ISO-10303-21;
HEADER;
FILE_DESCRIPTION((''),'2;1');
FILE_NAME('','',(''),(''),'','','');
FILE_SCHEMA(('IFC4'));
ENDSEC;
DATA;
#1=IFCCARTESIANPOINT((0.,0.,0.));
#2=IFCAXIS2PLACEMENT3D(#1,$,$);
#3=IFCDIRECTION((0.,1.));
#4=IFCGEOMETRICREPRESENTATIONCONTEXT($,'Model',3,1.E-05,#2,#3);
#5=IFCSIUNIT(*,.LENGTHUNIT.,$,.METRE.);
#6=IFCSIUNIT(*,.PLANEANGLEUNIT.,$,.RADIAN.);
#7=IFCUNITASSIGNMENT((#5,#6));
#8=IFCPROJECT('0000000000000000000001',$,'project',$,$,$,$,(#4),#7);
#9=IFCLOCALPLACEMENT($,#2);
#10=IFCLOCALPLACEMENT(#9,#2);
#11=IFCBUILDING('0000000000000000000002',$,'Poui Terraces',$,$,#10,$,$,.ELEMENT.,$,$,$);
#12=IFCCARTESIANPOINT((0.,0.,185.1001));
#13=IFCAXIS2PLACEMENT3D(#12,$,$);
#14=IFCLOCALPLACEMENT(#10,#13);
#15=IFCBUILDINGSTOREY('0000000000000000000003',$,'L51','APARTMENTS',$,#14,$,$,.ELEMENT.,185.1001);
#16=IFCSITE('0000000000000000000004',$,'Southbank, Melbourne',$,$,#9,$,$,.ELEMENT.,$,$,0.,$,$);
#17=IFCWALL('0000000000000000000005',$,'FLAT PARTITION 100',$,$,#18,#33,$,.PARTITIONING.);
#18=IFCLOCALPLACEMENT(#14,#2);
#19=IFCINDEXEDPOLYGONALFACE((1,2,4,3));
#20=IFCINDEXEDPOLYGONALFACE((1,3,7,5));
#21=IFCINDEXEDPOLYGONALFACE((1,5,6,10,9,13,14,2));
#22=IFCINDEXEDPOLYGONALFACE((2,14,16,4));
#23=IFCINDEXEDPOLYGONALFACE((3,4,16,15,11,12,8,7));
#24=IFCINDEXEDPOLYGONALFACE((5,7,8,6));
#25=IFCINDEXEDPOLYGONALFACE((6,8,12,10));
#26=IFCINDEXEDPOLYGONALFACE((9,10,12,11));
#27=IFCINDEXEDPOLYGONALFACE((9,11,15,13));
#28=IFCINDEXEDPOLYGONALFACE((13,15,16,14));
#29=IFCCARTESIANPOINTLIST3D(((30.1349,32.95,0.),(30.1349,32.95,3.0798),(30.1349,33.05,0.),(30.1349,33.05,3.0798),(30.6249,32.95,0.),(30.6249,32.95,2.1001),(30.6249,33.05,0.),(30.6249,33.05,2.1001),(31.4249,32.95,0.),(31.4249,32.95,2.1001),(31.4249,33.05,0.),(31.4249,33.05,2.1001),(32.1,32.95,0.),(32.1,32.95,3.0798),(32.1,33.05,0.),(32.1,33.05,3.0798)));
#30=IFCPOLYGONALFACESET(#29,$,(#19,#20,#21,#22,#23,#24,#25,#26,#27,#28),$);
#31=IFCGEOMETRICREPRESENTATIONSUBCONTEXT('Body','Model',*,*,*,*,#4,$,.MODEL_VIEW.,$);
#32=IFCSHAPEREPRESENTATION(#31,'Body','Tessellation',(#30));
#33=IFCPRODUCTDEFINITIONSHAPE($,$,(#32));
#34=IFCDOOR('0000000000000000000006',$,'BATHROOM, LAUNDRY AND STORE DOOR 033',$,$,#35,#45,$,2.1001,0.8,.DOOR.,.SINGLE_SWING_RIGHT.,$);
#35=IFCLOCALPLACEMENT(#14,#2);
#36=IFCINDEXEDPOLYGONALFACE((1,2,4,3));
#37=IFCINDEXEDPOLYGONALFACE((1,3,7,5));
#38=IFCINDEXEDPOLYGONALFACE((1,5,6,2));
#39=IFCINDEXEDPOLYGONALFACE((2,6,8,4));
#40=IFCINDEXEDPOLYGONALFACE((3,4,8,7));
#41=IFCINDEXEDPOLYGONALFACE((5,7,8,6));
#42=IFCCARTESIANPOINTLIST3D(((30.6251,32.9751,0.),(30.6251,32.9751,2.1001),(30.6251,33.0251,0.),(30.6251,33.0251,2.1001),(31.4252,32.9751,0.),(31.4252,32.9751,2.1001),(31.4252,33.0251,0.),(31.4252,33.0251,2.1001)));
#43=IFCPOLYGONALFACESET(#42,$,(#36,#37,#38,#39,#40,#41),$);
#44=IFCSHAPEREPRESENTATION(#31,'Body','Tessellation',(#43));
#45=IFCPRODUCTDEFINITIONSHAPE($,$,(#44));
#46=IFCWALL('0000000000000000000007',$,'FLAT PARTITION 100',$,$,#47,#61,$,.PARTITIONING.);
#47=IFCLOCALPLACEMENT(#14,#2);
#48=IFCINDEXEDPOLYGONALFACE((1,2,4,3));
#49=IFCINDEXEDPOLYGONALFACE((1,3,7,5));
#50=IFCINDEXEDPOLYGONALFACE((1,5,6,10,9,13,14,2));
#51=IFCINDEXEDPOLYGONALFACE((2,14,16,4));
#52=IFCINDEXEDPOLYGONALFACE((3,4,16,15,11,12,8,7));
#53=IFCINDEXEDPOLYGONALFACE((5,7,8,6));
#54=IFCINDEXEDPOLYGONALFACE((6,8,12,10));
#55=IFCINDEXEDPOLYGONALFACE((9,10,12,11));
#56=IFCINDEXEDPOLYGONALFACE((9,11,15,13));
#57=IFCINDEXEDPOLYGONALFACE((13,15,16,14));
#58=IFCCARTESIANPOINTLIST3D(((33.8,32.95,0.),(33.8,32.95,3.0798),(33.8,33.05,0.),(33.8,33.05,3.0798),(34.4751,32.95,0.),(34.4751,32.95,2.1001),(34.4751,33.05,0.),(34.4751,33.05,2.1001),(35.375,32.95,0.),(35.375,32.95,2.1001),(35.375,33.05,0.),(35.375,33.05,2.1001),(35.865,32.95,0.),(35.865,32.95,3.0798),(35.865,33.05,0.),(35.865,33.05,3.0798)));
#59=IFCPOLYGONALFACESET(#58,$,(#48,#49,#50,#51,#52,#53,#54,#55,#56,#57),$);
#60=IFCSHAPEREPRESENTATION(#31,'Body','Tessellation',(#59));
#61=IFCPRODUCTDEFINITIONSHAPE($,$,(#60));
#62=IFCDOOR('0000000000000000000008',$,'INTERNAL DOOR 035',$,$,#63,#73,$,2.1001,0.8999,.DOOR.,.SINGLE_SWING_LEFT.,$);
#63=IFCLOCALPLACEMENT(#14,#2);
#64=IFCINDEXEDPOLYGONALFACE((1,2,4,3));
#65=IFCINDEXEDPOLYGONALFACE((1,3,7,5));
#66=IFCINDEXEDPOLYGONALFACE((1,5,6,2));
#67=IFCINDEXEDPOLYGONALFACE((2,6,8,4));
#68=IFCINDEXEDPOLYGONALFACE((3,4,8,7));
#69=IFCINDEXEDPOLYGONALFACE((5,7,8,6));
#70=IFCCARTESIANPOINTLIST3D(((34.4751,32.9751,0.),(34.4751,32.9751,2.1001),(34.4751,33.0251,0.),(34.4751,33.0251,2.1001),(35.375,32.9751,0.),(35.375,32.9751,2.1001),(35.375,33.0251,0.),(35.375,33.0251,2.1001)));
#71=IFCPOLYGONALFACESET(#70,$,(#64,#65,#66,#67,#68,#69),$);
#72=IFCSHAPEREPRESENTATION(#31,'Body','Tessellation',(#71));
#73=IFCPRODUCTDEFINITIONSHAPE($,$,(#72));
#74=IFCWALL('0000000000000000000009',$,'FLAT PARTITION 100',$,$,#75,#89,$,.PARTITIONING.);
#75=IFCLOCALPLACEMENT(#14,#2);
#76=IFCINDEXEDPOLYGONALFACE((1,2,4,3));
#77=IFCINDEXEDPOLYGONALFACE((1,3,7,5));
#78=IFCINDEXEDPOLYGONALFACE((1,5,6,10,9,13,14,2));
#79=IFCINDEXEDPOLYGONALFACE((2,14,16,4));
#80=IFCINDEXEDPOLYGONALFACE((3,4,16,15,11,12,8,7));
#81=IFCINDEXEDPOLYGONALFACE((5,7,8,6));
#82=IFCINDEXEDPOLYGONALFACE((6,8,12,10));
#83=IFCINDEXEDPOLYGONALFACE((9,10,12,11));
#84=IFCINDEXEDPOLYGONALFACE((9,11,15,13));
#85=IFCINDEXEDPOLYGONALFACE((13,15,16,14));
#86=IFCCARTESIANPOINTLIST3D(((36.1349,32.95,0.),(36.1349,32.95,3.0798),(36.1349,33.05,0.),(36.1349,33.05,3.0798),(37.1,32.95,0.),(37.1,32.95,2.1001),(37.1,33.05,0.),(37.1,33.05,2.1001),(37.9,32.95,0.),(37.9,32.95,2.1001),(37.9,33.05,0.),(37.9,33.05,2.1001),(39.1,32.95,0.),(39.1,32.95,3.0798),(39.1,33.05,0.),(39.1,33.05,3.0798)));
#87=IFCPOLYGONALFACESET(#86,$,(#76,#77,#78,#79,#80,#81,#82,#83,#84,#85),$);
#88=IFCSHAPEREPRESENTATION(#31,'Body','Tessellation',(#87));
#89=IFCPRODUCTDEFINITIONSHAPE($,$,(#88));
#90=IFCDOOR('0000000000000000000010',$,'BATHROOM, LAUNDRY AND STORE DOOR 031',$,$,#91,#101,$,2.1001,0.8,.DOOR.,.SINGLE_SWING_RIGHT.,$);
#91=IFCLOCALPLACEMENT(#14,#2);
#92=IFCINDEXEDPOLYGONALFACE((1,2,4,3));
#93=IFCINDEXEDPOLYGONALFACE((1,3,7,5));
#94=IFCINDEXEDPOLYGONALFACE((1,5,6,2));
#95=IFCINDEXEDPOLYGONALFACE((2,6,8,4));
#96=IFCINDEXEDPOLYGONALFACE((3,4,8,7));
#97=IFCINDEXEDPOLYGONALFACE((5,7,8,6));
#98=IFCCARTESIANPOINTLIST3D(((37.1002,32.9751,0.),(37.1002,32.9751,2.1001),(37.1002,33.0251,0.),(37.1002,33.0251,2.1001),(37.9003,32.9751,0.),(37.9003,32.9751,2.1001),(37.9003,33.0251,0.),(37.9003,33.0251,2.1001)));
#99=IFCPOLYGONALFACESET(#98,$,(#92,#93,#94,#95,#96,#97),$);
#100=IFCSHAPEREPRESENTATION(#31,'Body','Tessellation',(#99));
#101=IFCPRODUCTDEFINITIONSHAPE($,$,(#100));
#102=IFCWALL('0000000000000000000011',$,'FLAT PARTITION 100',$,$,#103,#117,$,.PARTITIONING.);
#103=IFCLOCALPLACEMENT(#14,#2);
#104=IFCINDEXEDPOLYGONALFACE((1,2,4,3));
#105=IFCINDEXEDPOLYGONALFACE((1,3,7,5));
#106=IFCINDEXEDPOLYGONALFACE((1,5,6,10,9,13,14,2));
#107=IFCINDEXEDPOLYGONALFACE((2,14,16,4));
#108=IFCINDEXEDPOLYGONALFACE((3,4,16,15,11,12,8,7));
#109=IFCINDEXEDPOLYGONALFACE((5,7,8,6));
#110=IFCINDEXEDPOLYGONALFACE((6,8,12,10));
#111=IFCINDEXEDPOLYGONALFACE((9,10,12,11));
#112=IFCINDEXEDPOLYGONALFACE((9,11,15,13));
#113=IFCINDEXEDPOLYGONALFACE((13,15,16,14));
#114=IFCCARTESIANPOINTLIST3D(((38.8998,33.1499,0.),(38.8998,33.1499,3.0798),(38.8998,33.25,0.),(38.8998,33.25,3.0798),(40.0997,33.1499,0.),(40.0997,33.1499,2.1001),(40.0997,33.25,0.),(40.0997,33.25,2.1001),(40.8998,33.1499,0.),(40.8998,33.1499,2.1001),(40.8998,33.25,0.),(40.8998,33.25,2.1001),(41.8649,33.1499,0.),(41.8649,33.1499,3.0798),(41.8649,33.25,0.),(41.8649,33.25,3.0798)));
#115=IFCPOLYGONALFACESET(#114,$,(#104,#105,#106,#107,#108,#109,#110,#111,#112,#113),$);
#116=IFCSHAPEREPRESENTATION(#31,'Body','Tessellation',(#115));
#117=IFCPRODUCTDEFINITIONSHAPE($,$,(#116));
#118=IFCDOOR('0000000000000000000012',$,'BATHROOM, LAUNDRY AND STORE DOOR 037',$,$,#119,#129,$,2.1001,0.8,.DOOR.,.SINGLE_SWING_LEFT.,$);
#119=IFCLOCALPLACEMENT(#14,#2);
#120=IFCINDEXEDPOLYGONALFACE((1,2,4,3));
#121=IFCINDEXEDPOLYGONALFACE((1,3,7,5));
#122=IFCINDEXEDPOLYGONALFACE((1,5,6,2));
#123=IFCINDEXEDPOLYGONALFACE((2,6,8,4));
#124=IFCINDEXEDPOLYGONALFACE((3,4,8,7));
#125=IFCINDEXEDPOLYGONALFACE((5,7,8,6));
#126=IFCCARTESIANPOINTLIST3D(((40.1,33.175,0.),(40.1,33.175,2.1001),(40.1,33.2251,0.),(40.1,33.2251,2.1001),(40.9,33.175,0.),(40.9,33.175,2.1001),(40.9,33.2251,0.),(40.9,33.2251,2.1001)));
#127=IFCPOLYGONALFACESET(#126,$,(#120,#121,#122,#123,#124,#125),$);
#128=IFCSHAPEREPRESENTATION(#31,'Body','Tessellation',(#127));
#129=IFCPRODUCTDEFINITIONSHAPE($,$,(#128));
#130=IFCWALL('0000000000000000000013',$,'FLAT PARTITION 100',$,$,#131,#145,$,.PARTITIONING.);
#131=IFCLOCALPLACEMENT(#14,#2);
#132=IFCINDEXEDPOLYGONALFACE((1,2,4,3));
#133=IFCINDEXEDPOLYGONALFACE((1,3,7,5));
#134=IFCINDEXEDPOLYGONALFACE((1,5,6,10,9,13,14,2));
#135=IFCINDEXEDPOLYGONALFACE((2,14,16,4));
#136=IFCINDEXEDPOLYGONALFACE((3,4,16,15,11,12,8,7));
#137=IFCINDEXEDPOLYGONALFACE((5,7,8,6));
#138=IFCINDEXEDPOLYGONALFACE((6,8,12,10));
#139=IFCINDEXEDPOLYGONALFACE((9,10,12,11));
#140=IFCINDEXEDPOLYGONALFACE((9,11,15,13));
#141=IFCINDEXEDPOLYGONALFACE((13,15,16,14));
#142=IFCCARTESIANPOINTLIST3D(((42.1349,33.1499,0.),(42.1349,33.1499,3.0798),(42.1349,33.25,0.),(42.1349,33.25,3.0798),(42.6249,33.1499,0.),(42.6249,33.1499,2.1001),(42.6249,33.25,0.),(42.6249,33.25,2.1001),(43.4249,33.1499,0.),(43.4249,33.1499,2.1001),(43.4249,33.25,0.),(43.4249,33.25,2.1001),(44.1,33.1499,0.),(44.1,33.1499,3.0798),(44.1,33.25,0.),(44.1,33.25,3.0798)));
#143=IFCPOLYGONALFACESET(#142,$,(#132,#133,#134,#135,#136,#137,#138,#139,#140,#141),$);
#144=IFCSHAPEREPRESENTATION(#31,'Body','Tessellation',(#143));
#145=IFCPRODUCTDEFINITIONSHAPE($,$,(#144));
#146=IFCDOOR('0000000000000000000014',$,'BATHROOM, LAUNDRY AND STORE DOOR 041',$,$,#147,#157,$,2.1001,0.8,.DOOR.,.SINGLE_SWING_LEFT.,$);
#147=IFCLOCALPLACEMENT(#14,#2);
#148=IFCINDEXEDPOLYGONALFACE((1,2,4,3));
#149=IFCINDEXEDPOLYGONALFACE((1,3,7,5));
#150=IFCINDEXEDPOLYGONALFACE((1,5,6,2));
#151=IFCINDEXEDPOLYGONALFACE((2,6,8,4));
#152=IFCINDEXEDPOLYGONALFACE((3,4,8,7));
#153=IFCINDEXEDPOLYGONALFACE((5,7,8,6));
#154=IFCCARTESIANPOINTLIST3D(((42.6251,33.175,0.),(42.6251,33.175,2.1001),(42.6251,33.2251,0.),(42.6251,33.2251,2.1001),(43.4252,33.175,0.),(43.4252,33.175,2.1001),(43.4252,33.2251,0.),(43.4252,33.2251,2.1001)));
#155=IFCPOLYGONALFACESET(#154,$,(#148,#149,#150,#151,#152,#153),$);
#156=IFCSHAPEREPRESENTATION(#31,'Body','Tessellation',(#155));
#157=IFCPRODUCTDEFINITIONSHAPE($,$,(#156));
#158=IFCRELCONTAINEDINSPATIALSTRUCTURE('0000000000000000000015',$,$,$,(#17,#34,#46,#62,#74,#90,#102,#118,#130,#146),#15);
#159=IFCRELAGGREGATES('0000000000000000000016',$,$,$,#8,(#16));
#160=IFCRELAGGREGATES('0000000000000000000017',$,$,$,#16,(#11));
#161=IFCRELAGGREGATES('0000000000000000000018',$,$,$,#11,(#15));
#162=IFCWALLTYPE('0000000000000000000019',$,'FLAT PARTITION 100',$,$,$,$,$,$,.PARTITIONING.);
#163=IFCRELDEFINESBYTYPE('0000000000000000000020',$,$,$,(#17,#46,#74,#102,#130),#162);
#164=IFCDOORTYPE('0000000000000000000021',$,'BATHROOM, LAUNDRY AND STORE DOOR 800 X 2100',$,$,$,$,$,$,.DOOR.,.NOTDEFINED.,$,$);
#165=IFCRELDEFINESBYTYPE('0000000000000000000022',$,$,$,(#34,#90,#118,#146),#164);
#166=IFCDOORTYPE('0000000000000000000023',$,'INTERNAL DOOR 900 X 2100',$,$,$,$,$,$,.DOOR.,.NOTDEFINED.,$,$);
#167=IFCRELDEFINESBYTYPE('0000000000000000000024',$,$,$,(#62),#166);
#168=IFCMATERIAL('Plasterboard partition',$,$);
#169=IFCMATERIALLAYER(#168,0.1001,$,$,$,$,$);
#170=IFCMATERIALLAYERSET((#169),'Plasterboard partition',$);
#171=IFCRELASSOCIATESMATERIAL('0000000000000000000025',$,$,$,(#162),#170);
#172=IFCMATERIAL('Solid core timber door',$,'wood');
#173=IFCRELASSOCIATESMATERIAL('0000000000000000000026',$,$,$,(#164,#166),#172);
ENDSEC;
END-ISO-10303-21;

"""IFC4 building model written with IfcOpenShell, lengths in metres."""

from ifc_helpers import new_model, si_unit, direction, frame, frame_2d, origin, place, context, subcontext, project, spatial, rectangle, extrude, material, layer, layer_set, type_object, element, fill, save


model = new_model("IFC4")

# Units and contexts
model_context = context("Model", 3, precision=1e-05, world=origin(), true_north=direction((0.0, 1.0)))
body_context = subcontext(model_context, "Body", "Model", "MODEL_VIEW")
ifc_project = project(units=[si_unit("LENGTHUNIT", "METRE"), si_unit("PLANEANGLEUNIT", "RADIAN")], contexts=[model_context])

# Site, building, storey
site_placement = place(None, origin())
site = spatial("IfcSite", under=ifc_project, at=site_placement, Name="Southbank, Melbourne", CompositionType="ELEMENT", RefElevation=0.0)
building_placement = place(site_placement, origin())
building = spatial("IfcBuilding", under=site, at=building_placement, Name="Poui Terraces", CompositionType="ELEMENT")
storey_placement = place(building_placement, frame((0.0, 0.0, 185.1001)))
storey = spatial("IfcBuildingStorey", under=building, at=storey_placement, Name="L51", Description="APARTMENTS", CompositionType="ELEMENT", Elevation=185.1001)

# Walls, openings, doors
ifc_material_1 = material(Name="Plasterboard partition")
ifc_layer_1 = layer(ifc_material_1, 0.1001)
ifc_layer_set_1 = layer_set([ifc_layer_1], Name="Plasterboard partition")
wall_type_1 = type_object("IfcWallType", Name="FLAT PARTITION 100", PredefinedType="PARTITIONING", material=ifc_layer_set_1)
wall_1_placement = place(storey_placement, frame((30.135, 33.0, 0.0), z_axis=(0.0, 0.0, 1.0), x_axis=(1.0, 0.0, 0.0)))
wall_1 = element("IfcWall", 1, at=wall_1_placement, inside=storey, type_object=wall_type_1, Name="FLAT PARTITION 100", PredefinedType="PARTITIONING", context=body_context, shape_type="SweptSolid", body=[
    extrude(rectangle(XDim=1.9651, YDim=0.1001, at=frame_2d((0.9824, 0.0))), origin(), (0.0, 0.0, 1.0), 3.0798),
])
opening_1_placement = place(wall_1_placement, frame((0.49, 0.0, 0.0)))
opening_1 = element("IfcOpeningElement", 2, at=opening_1_placement, cuts=wall_1, PredefinedType="OPENING", context=body_context, shape_type="SweptSolid", body=[
    extrude(rectangle(XDim=0.8, YDim=2.1001, at=frame_2d((0.3999, 1.05))), frame((0.0, 0.0601, 0.0), z_axis=(0.0, -1.0, 0.0), x_axis=(1.0, 0.0, 0.0)), (0.0, 0.0, 1.0), 0.1201),
])
ifc_material_2 = material(Name="Solid core timber door", Category="wood")
door_type_1 = type_object("IfcDoorType", Name="BATHROOM, LAUNDRY AND STORE DOOR 800 X 2100", OperationType="NOTDEFINED", PredefinedType="DOOR", material=ifc_material_2)
door_1_placement = place(opening_1_placement, frame((0.8, 0.0, 0.0), z_axis=(0.0, 0.0, 1.0), x_axis=(-1.0, 0.0, 0.0)))
door_1 = element("IfcDoor", 3, at=door_1_placement, inside=storey, type_object=door_type_1, Name="BATHROOM, LAUNDRY AND STORE DOOR 033", OperationType="SINGLE_SWING_RIGHT", OverallHeight=2.1001, OverallWidth=0.8, PredefinedType="DOOR", context=body_context, shape_type="SweptSolid", body=[
    extrude(rectangle(XDim=0.8, YDim=2.1001, at=frame_2d((0.3999, 1.05))), frame((0.0, 0.0249, 0.0), z_axis=(0.0, -1.0, 0.0), x_axis=(1.0, 0.0, 0.0)), (0.0, 0.0, 1.0), 0.05),
])
fill(opening_1, door_1)
wall_2_placement = place(storey_placement, frame((33.8, 33.0, 0.0), z_axis=(0.0, 0.0, 1.0), x_axis=(1.0, 0.0, 0.0)))
wall_2 = element("IfcWall", 4, at=wall_2_placement, inside=storey, type_object=wall_type_1, Name="FLAT PARTITION 100", PredefinedType="PARTITIONING", context=body_context, shape_type="SweptSolid", body=[
    extrude(rectangle(XDim=2.0649, YDim=0.1001, at=frame_2d((1.0325, 0.0))), origin(), (0.0, 0.0, 1.0), 3.0798),
])
opening_2_placement = place(wall_2_placement, frame((0.675, 0.0, 0.0)))
opening_2 = element("IfcOpeningElement", 5, at=opening_2_placement, cuts=wall_2, PredefinedType="OPENING", context=body_context, shape_type="SweptSolid", body=[
    extrude(rectangle(XDim=0.8999, YDim=2.1001, at=frame_2d((0.45, 1.05))), frame((0.0, 0.0601, 0.0), z_axis=(0.0, -1.0, 0.0), x_axis=(1.0, 0.0, 0.0)), (0.0, 0.0, 1.0), 0.1201),
])
door_type_2 = type_object("IfcDoorType", Name="INTERNAL DOOR 900 X 2100", OperationType="NOTDEFINED", PredefinedType="DOOR", material=ifc_material_2)
door_2_placement = place(opening_2_placement, frame((0.8999, 0.0, 0.0), z_axis=(0.0, 0.0, 1.0), x_axis=(-1.0, 0.0, 0.0)))
door_2 = element("IfcDoor", 6, at=door_2_placement, inside=storey, type_object=door_type_2, Name="INTERNAL DOOR 035", OperationType="SINGLE_SWING_LEFT", OverallHeight=2.1001, OverallWidth=0.8999, PredefinedType="DOOR", context=body_context, shape_type="SweptSolid", body=[
    extrude(rectangle(XDim=0.8999, YDim=2.1001, at=frame_2d((0.45, 1.05))), frame((0.0, 0.0249, 0.0), z_axis=(0.0, -1.0, 0.0), x_axis=(1.0, 0.0, 0.0)), (0.0, 0.0, 1.0), 0.05),
])
fill(opening_2, door_2)
wall_3_placement = place(storey_placement, frame((36.135, 33.0, 0.0), z_axis=(0.0, 0.0, 1.0), x_axis=(1.0, 0.0, 0.0)))
wall_3 = element("IfcWall", 7, at=wall_3_placement, inside=storey, type_object=wall_type_1, Name="FLAT PARTITION 100", PredefinedType="PARTITIONING", context=body_context, shape_type="SweptSolid", body=[
    extrude(rectangle(XDim=2.9651, YDim=0.1001, at=frame_2d((1.4824, 0.0))), origin(), (0.0, 0.0, 1.0), 3.0798),
])
opening_3_placement = place(wall_3_placement, frame((0.9651, 0.0, 0.0)))
opening_3 = element("IfcOpeningElement", 8, at=opening_3_placement, cuts=wall_3, PredefinedType="OPENING", context=body_context, shape_type="SweptSolid", body=[
    extrude(rectangle(XDim=0.8, YDim=2.1001, at=frame_2d((0.3999, 1.05))), frame((0.0, 0.0601, 0.0), z_axis=(0.0, -1.0, 0.0), x_axis=(1.0, 0.0, 0.0)), (0.0, 0.0, 1.0), 0.1201),
])
door_3_placement = place(opening_3_placement, frame((0.8, 0.0, 0.0), z_axis=(0.0, 0.0, 1.0), x_axis=(-1.0, 0.0, 0.0)))
door_3 = element("IfcDoor", 9, at=door_3_placement, inside=storey, type_object=door_type_1, Name="BATHROOM, LAUNDRY AND STORE DOOR 031", OperationType="SINGLE_SWING_RIGHT", OverallHeight=2.1001, OverallWidth=0.8, PredefinedType="DOOR", context=body_context, shape_type="SweptSolid", body=[
    extrude(rectangle(XDim=0.8, YDim=2.1001, at=frame_2d((0.3999, 1.05))), frame((0.0, 0.0249, 0.0), z_axis=(0.0, -1.0, 0.0), x_axis=(1.0, 0.0, 0.0)), (0.0, 0.0, 1.0), 0.05),
])
fill(opening_3, door_3)
wall_4_placement = place(storey_placement, frame((38.8999, 33.2, 0.0), z_axis=(0.0, 0.0, 1.0), x_axis=(1.0, 0.0, 0.0)))
wall_4 = element("IfcWall", 10, at=wall_4_placement, inside=storey, type_object=wall_type_1, Name="FLAT PARTITION 100", PredefinedType="PARTITIONING", context=body_context, shape_type="SweptSolid", body=[
    extrude(rectangle(XDim=2.9651, YDim=0.1001, at=frame_2d((1.4824, 0.0))), origin(), (0.0, 0.0, 1.0), 3.0798),
])
opening_4_placement = place(wall_4_placement, frame((1.2, 0.0, 0.0)))
opening_4 = element("IfcOpeningElement", 11, at=opening_4_placement, cuts=wall_4, PredefinedType="OPENING", context=body_context, shape_type="SweptSolid", body=[
    extrude(rectangle(XDim=0.8, YDim=2.1001, at=frame_2d((0.3999, 1.05))), frame((0.0, 0.0601, 0.0), z_axis=(0.0, -1.0, 0.0), x_axis=(1.0, 0.0, 0.0)), (0.0, 0.0, 1.0), 0.1201),
])
door_4_placement = place(opening_4_placement, frame((0.8, 0.0, 0.0), z_axis=(0.0, 0.0, 1.0), x_axis=(-1.0, 0.0, 0.0)))
door_4 = element("IfcDoor", 12, at=door_4_placement, inside=storey, type_object=door_type_1, Name="BATHROOM, LAUNDRY AND STORE DOOR 037", OperationType="SINGLE_SWING_LEFT", OverallHeight=2.1001, OverallWidth=0.8, PredefinedType="DOOR", context=body_context, shape_type="SweptSolid", body=[
    extrude(rectangle(XDim=0.8, YDim=2.1001, at=frame_2d((0.3999, 1.05))), frame((0.0, 0.0249, 0.0), z_axis=(0.0, -1.0, 0.0), x_axis=(1.0, 0.0, 0.0)), (0.0, 0.0, 1.0), 0.05),
])
fill(opening_4, door_4)
wall_5_placement = place(storey_placement, frame((42.135, 33.2, 0.0), z_axis=(0.0, 0.0, 1.0), x_axis=(1.0, 0.0, 0.0)))
wall_5 = element("IfcWall", 13, at=wall_5_placement, inside=storey, type_object=wall_type_1, Name="FLAT PARTITION 100", PredefinedType="PARTITIONING", context=body_context, shape_type="SweptSolid", body=[
    extrude(rectangle(XDim=1.9651, YDim=0.1001, at=frame_2d((0.9824, 0.0))), origin(), (0.0, 0.0, 1.0), 3.0798),
])
opening_5_placement = place(wall_5_placement, frame((0.49, 0.0, 0.0)))
opening_5 = element("IfcOpeningElement", 14, at=opening_5_placement, cuts=wall_5, PredefinedType="OPENING", context=body_context, shape_type="SweptSolid", body=[
    extrude(rectangle(XDim=0.8, YDim=2.1001, at=frame_2d((0.3999, 1.05))), frame((0.0, 0.0601, 0.0), z_axis=(0.0, -1.0, 0.0), x_axis=(1.0, 0.0, 0.0)), (0.0, 0.0, 1.0), 0.1201),
])
door_5_placement = place(opening_5_placement, frame((0.8, 0.0, 0.0), z_axis=(0.0, 0.0, 1.0), x_axis=(-1.0, 0.0, 0.0)))
door_5 = element("IfcDoor", 15, at=door_5_placement, inside=storey, type_object=door_type_1, Name="BATHROOM, LAUNDRY AND STORE DOOR 041", OperationType="SINGLE_SWING_LEFT", OverallHeight=2.1001, OverallWidth=0.8, PredefinedType="DOOR", context=body_context, shape_type="SweptSolid", body=[
    extrude(rectangle(XDim=0.8, YDim=2.1001, at=frame_2d((0.3999, 1.05))), frame((0.0, 0.0249, 0.0), z_axis=(0.0, -1.0, 0.0), x_axis=(1.0, 0.0, 0.0)), (0.0, 0.0, 1.0), 0.05),
])
fill(opening_5, door_5)

save(model, "model.ifc")
